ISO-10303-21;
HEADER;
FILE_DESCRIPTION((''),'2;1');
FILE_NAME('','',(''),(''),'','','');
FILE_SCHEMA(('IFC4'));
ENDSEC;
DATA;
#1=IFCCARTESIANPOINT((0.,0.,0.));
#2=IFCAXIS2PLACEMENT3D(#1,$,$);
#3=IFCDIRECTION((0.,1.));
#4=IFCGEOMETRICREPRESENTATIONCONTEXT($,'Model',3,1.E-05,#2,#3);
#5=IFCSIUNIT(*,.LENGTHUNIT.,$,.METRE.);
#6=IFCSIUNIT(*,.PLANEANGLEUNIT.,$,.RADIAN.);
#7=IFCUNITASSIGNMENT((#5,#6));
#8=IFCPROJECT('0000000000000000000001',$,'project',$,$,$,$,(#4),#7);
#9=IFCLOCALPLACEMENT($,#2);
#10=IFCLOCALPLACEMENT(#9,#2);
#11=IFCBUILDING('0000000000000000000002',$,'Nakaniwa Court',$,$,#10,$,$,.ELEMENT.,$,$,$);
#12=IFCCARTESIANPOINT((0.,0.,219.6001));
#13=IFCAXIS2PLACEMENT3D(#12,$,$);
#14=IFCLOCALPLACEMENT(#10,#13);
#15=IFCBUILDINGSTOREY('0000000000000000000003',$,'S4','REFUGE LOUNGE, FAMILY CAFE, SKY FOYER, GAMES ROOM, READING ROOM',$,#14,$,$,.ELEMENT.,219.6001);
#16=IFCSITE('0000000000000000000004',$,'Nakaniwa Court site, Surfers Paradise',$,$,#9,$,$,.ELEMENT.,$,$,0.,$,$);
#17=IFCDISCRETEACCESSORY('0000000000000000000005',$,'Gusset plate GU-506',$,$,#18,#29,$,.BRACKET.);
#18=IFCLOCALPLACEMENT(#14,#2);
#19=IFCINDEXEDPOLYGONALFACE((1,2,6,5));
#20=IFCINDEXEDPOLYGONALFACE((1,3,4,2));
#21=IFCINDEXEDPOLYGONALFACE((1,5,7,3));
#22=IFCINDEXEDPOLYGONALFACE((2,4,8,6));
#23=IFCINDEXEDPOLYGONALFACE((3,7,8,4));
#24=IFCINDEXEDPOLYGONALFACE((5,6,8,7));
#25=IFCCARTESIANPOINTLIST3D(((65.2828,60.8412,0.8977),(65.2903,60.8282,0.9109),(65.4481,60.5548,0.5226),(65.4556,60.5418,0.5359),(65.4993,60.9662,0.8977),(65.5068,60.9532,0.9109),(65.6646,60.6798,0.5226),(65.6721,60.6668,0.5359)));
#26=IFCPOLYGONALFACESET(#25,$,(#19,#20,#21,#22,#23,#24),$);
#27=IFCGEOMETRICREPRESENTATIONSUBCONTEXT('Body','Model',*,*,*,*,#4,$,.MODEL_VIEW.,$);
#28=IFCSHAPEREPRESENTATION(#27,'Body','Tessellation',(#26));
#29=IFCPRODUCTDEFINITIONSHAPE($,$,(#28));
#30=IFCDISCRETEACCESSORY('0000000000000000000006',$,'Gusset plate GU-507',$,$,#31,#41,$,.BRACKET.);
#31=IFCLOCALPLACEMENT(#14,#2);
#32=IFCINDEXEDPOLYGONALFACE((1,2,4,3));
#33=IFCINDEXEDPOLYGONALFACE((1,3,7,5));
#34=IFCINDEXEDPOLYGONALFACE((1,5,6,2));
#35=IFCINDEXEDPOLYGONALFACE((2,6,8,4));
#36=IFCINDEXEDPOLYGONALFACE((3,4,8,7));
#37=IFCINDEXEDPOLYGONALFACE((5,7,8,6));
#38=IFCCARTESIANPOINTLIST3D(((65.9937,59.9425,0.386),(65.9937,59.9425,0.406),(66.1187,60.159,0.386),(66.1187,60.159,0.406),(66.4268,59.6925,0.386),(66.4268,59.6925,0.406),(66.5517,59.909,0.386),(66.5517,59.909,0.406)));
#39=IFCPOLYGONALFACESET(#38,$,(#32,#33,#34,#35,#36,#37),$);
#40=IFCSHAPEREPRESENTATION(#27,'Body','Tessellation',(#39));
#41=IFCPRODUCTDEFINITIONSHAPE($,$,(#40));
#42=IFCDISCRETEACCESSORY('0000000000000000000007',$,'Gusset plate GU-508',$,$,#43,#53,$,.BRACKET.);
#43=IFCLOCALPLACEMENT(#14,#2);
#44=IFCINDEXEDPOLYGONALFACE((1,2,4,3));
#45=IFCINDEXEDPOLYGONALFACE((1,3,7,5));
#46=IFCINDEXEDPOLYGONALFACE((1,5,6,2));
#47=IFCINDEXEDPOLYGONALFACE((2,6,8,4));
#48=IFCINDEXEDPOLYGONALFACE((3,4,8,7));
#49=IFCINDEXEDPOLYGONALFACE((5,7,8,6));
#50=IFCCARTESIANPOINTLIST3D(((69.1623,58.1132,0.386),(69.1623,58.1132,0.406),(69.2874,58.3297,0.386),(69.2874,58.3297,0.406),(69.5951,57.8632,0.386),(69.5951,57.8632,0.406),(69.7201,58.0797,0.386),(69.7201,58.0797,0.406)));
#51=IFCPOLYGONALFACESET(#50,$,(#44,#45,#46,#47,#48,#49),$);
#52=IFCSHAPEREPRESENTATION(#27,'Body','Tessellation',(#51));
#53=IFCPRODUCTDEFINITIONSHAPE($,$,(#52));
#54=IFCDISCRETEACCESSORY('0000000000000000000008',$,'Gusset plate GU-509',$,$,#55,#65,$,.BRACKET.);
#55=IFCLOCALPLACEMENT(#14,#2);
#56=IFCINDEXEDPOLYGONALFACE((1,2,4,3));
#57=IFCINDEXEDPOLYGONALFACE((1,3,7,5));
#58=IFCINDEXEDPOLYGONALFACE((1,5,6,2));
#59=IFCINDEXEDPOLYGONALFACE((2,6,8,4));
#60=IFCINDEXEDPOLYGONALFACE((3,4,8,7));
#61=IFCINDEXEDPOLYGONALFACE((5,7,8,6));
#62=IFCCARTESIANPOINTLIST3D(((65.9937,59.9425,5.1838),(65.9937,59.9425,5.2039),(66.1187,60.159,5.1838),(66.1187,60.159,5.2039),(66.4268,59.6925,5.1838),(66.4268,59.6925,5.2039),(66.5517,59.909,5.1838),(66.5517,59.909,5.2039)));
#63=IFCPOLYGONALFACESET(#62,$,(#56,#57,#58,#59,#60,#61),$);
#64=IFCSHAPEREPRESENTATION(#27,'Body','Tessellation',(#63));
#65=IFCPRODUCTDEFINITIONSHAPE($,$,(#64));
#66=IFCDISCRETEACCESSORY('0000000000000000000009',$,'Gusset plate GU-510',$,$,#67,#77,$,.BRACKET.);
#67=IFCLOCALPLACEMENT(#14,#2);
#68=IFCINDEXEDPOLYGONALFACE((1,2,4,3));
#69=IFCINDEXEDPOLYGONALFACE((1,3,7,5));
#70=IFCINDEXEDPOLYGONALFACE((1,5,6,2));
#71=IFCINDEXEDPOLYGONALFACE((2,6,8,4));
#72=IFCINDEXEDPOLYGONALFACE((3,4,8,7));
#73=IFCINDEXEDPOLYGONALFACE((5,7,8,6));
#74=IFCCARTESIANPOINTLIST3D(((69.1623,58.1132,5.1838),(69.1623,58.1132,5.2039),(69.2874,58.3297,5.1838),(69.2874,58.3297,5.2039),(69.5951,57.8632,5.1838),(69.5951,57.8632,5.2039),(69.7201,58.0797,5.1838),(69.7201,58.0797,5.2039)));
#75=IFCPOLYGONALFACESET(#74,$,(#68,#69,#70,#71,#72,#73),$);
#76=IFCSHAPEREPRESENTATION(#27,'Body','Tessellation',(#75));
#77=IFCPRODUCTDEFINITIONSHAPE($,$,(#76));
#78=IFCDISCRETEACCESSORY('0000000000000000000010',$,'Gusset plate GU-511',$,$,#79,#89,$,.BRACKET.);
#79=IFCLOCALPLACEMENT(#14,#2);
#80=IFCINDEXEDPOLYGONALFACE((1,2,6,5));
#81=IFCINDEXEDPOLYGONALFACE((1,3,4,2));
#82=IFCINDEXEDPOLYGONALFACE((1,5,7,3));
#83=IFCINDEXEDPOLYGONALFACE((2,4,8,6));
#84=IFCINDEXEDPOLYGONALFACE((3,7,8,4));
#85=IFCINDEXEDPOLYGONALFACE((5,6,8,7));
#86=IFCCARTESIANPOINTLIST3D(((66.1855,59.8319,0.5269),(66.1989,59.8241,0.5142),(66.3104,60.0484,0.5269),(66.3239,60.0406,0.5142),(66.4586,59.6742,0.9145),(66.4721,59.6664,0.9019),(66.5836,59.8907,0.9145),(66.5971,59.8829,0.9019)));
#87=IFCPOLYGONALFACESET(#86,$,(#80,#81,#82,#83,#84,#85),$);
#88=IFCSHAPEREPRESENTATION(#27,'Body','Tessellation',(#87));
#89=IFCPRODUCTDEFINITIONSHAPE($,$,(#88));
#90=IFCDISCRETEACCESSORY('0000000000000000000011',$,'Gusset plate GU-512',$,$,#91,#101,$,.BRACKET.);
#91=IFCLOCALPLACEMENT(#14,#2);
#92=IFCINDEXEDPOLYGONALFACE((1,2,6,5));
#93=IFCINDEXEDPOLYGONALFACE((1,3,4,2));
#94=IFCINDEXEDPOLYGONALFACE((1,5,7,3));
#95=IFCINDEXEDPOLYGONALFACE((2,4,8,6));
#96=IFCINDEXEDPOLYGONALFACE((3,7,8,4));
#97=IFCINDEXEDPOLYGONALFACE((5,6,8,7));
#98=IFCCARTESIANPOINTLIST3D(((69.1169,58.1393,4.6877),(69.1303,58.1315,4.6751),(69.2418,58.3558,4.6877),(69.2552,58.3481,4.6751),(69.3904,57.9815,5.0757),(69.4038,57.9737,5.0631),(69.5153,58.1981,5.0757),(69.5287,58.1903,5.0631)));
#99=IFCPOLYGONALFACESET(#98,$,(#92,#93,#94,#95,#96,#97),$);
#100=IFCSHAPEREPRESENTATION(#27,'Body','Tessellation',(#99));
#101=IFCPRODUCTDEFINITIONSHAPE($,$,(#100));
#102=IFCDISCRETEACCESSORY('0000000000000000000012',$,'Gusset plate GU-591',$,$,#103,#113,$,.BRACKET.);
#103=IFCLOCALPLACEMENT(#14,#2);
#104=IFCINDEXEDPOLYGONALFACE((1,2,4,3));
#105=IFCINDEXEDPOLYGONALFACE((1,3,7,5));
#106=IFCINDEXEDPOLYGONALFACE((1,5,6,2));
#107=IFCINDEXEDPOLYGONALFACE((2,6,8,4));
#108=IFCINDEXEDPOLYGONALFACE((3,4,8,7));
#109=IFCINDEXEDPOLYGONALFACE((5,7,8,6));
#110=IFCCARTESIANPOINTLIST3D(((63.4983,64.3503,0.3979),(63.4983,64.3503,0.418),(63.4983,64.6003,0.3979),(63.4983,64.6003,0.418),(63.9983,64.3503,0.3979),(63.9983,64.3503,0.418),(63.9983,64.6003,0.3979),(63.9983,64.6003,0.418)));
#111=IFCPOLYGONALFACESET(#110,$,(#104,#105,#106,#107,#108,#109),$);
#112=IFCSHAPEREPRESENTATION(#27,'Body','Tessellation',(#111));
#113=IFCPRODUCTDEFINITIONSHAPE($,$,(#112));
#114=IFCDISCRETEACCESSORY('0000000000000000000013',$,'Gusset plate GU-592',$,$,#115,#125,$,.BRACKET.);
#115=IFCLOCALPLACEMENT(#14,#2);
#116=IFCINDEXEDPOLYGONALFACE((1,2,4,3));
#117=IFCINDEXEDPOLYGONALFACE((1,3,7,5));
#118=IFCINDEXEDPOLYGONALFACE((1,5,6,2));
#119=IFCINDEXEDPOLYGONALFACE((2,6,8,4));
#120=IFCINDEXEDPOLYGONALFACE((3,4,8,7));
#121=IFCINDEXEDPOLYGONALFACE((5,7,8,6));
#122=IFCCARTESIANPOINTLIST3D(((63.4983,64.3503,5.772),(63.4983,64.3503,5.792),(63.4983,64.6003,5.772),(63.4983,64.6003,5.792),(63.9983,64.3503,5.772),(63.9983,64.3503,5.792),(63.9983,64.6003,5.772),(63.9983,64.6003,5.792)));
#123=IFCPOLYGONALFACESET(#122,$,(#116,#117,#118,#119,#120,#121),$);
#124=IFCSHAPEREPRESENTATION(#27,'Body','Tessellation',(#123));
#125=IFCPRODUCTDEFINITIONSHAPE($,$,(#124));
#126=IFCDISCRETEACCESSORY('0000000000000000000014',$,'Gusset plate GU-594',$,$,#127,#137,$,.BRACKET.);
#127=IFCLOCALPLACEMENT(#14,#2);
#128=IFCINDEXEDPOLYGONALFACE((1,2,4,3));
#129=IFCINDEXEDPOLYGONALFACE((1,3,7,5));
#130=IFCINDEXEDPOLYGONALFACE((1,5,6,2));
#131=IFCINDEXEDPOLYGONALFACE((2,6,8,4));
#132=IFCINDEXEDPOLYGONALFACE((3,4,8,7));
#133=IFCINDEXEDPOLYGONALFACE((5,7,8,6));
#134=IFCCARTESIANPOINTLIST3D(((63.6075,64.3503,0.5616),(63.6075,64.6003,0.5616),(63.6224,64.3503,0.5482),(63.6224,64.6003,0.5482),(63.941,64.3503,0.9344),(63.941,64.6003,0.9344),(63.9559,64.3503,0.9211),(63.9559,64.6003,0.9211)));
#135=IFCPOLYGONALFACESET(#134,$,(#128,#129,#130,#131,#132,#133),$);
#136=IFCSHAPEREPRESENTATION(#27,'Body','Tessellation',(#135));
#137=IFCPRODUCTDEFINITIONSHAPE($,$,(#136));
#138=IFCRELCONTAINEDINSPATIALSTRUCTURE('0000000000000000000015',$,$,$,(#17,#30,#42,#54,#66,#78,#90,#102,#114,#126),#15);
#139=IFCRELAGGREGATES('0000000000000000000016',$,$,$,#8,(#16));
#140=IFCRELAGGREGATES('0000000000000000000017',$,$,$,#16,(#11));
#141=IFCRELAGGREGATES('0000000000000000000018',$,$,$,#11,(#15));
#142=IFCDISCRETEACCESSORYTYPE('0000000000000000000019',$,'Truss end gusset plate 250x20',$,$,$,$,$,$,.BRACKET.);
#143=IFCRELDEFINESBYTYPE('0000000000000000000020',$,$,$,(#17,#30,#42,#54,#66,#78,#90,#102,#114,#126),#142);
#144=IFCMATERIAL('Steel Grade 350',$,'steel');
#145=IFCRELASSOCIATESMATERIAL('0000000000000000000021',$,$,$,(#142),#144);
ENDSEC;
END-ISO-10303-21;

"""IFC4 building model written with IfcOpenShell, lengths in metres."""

from ifc_helpers import new_model, si_unit, direction, frame, origin, origin_2d, place, context, subcontext, project, spatial, rectangle, extrude, material, material_profile, profile_set, type_object, element, save


model = new_model("IFC4")

# Units and contexts
model_context = context("Model", 3, precision=1e-05, world=origin(), true_north=direction((0.0, 1.0)))
body_context = subcontext(model_context, "Body", "Model", "MODEL_VIEW")
ifc_project = project(units=[si_unit("LENGTHUNIT", "METRE"), si_unit("PLANEANGLEUNIT", "RADIAN")], contexts=[model_context])

# Site, building, storey
site_placement = place(None, origin())
site = spatial("IfcSite", under=ifc_project, at=site_placement, Name="Nakaniwa Court site, Surfers Paradise", CompositionType="ELEMENT", RefElevation=0.0)
building_placement = place(site_placement, origin())
building = spatial("IfcBuilding", under=site, at=building_placement, Name="Nakaniwa Court", CompositionType="ELEMENT")
storey_placement = place(building_placement, frame((0.0, 0.0, 219.6001)))
storey = spatial("IfcBuildingStorey", under=building, at=storey_placement, Name="S4", Description="REFUGE LOUNGE, FAMILY CAFE, SKY FOYER, GAMES ROOM, READING ROOM", CompositionType="ELEMENT", Elevation=219.6001)

# Shared definitions
ifc_material_1 = material(Name="Steel Grade 350", Category="steel")

# Discrete accessories
ifc_material_profile_1 = material_profile(ifc_material_1, rectangle(XDim=0.25, YDim=0.02, at=origin_2d()), Name="Truss end gusset plate 250x20")
ifc_profile_set_1 = profile_set([ifc_material_profile_1], Name="Steel Grade 350")
discrete_accessory_type = type_object("IfcDiscreteAccessoryType", Name="Truss end gusset plate 250x20", PredefinedType="BRACKET", material=ifc_profile_set_1)
for number, where, z_axis, x_axis, name in (
    (1, (65.3948, 60.8972, 0.9043), (0.330596, -0.572805, -0.750067), (0.8661, 0.499872, 0.0), "Gusset plate GU-506"),
    (2, (66.4893, 59.8008, 0.396), (-0.866072, 0.49992, 0.0), (-0.49992, -0.866072, 0.0), "Gusset plate GU-507"),
):
    element("IfcDiscreteAccessory", number, at=place(storey_placement, frame(where, z_axis=z_axis, x_axis=x_axis)), inside=storey, type_object=discrete_accessory_type, Name=name, PredefinedType="BRACKET", context=body_context, shape_type="SweptSolid", body=[
        extrude(rectangle(XDim=0.25, YDim=0.02, at=origin_2d()), origin(), (0.0, 0.0, 1.0), 0.5),
    ])
discrete_accessory_1_placement = place(storey_placement, frame((69.2249, 58.2214, 0.396), z_axis=(0.86595, -0.500131, 0.0), x_axis=(0.500131, 0.86595, 0.0)))
element("IfcDiscreteAccessory", 3, at=discrete_accessory_1_placement, inside=storey, type_object=discrete_accessory_type, Name="Gusset plate GU-508", PredefinedType="BRACKET", context=body_context, shape_type="SweptSolid", body=[
    extrude(rectangle(XDim=0.25, YDim=0.02, at=origin_2d()), origin(), (0.0, 0.0, 1.0), 0.4998),
])
discrete_accessory_2_placement = place(storey_placement, frame((66.4893, 59.8008, 5.1938), z_axis=(-0.866072, 0.49992, 0.0), x_axis=(-0.49992, -0.866072, 0.0)))
element("IfcDiscreteAccessory", 4, at=discrete_accessory_2_placement, inside=storey, type_object=discrete_accessory_type, Name="Gusset plate GU-509", PredefinedType="BRACKET", context=body_context, shape_type="SweptSolid", body=[
    extrude(rectangle(XDim=0.25, YDim=0.02, at=origin_2d()), origin(), (0.0, 0.0, 1.0), 0.5),
])
for number, where, z_axis, x_axis, name in (
    (5, (69.2249, 58.2214, 5.1938), (0.86595, -0.500131, 0.0), (0.500131, 0.86595, 0.0), "Gusset plate GU-510"),
    (6, (66.5278, 59.7786, 0.9082), (-0.546588, 0.315546, -0.775676), (-0.499968, -0.866044, 0.0), "Gusset plate GU-511"),
):
    element("IfcDiscreteAccessory", number, at=place(storey_placement, frame(where, z_axis=z_axis, x_axis=x_axis)), inside=storey, type_object=discrete_accessory_type, Name=name, PredefinedType="BRACKET", context=body_context, shape_type="SweptSolid", body=[
        extrude(rectangle(XDim=0.25, YDim=0.02, at=origin_2d()), origin(), (0.0, 0.0, 1.0), 0.4998),
    ])
discrete_accessory_3_placement = place(storey_placement, frame((69.186, 58.2437, 4.6814), z_axis=(0.546723, -0.315342, 0.775663), x_axis=(0.499633, 0.866237, 0.0)))
element("IfcDiscreteAccessory", 7, at=discrete_accessory_3_placement, inside=storey, type_object=discrete_accessory_type, Name="Gusset plate GU-512", PredefinedType="BRACKET", context=body_context, shape_type="SweptSolid", body=[
    extrude(rectangle(XDim=0.25, YDim=0.02, at=origin_2d()), origin(), (0.0, 0.0, 1.0), 0.5002),
])
for number, where, z_axis, x_axis, name in (
    (8, (63.9983, 64.4753, 0.408), (-1.0, 0.0, 0.0), (0.0, -1.0, 0.0), "Gusset plate GU-591"),
    (9, (63.9983, 64.4753, 5.782), (-1.0, 0.0, 0.0), (0.0, -1.0, 0.0), "Gusset plate GU-592"),
):
    element("IfcDiscreteAccessory", number, at=place(storey_placement, frame(where, z_axis=z_axis, x_axis=x_axis)), inside=storey, type_object=discrete_accessory_type, Name=name, PredefinedType="BRACKET", context=body_context, shape_type="SweptSolid", body=[
        extrude(rectangle(XDim=0.25, YDim=0.02, at=origin_2d()), origin(), (0.0, 0.0, 1.0), 0.5),
    ])
discrete_accessory_4_placement = place(storey_placement, frame((63.9485, 64.4753, 0.9277), z_axis=(-0.666724, 0.0, -0.745305), x_axis=(0.0, -1.0, 0.0)))
element("IfcDiscreteAccessory", 10, at=discrete_accessory_4_placement, inside=storey, type_object=discrete_accessory_type, Name="Gusset plate GU-594", PredefinedType="BRACKET", context=body_context, shape_type="SweptSolid", body=[
    extrude(rectangle(XDim=0.25, YDim=0.02, at=origin_2d()), origin(), (0.0, 0.0, 1.0), 0.5002),
])

save(model, "model.ifc")
